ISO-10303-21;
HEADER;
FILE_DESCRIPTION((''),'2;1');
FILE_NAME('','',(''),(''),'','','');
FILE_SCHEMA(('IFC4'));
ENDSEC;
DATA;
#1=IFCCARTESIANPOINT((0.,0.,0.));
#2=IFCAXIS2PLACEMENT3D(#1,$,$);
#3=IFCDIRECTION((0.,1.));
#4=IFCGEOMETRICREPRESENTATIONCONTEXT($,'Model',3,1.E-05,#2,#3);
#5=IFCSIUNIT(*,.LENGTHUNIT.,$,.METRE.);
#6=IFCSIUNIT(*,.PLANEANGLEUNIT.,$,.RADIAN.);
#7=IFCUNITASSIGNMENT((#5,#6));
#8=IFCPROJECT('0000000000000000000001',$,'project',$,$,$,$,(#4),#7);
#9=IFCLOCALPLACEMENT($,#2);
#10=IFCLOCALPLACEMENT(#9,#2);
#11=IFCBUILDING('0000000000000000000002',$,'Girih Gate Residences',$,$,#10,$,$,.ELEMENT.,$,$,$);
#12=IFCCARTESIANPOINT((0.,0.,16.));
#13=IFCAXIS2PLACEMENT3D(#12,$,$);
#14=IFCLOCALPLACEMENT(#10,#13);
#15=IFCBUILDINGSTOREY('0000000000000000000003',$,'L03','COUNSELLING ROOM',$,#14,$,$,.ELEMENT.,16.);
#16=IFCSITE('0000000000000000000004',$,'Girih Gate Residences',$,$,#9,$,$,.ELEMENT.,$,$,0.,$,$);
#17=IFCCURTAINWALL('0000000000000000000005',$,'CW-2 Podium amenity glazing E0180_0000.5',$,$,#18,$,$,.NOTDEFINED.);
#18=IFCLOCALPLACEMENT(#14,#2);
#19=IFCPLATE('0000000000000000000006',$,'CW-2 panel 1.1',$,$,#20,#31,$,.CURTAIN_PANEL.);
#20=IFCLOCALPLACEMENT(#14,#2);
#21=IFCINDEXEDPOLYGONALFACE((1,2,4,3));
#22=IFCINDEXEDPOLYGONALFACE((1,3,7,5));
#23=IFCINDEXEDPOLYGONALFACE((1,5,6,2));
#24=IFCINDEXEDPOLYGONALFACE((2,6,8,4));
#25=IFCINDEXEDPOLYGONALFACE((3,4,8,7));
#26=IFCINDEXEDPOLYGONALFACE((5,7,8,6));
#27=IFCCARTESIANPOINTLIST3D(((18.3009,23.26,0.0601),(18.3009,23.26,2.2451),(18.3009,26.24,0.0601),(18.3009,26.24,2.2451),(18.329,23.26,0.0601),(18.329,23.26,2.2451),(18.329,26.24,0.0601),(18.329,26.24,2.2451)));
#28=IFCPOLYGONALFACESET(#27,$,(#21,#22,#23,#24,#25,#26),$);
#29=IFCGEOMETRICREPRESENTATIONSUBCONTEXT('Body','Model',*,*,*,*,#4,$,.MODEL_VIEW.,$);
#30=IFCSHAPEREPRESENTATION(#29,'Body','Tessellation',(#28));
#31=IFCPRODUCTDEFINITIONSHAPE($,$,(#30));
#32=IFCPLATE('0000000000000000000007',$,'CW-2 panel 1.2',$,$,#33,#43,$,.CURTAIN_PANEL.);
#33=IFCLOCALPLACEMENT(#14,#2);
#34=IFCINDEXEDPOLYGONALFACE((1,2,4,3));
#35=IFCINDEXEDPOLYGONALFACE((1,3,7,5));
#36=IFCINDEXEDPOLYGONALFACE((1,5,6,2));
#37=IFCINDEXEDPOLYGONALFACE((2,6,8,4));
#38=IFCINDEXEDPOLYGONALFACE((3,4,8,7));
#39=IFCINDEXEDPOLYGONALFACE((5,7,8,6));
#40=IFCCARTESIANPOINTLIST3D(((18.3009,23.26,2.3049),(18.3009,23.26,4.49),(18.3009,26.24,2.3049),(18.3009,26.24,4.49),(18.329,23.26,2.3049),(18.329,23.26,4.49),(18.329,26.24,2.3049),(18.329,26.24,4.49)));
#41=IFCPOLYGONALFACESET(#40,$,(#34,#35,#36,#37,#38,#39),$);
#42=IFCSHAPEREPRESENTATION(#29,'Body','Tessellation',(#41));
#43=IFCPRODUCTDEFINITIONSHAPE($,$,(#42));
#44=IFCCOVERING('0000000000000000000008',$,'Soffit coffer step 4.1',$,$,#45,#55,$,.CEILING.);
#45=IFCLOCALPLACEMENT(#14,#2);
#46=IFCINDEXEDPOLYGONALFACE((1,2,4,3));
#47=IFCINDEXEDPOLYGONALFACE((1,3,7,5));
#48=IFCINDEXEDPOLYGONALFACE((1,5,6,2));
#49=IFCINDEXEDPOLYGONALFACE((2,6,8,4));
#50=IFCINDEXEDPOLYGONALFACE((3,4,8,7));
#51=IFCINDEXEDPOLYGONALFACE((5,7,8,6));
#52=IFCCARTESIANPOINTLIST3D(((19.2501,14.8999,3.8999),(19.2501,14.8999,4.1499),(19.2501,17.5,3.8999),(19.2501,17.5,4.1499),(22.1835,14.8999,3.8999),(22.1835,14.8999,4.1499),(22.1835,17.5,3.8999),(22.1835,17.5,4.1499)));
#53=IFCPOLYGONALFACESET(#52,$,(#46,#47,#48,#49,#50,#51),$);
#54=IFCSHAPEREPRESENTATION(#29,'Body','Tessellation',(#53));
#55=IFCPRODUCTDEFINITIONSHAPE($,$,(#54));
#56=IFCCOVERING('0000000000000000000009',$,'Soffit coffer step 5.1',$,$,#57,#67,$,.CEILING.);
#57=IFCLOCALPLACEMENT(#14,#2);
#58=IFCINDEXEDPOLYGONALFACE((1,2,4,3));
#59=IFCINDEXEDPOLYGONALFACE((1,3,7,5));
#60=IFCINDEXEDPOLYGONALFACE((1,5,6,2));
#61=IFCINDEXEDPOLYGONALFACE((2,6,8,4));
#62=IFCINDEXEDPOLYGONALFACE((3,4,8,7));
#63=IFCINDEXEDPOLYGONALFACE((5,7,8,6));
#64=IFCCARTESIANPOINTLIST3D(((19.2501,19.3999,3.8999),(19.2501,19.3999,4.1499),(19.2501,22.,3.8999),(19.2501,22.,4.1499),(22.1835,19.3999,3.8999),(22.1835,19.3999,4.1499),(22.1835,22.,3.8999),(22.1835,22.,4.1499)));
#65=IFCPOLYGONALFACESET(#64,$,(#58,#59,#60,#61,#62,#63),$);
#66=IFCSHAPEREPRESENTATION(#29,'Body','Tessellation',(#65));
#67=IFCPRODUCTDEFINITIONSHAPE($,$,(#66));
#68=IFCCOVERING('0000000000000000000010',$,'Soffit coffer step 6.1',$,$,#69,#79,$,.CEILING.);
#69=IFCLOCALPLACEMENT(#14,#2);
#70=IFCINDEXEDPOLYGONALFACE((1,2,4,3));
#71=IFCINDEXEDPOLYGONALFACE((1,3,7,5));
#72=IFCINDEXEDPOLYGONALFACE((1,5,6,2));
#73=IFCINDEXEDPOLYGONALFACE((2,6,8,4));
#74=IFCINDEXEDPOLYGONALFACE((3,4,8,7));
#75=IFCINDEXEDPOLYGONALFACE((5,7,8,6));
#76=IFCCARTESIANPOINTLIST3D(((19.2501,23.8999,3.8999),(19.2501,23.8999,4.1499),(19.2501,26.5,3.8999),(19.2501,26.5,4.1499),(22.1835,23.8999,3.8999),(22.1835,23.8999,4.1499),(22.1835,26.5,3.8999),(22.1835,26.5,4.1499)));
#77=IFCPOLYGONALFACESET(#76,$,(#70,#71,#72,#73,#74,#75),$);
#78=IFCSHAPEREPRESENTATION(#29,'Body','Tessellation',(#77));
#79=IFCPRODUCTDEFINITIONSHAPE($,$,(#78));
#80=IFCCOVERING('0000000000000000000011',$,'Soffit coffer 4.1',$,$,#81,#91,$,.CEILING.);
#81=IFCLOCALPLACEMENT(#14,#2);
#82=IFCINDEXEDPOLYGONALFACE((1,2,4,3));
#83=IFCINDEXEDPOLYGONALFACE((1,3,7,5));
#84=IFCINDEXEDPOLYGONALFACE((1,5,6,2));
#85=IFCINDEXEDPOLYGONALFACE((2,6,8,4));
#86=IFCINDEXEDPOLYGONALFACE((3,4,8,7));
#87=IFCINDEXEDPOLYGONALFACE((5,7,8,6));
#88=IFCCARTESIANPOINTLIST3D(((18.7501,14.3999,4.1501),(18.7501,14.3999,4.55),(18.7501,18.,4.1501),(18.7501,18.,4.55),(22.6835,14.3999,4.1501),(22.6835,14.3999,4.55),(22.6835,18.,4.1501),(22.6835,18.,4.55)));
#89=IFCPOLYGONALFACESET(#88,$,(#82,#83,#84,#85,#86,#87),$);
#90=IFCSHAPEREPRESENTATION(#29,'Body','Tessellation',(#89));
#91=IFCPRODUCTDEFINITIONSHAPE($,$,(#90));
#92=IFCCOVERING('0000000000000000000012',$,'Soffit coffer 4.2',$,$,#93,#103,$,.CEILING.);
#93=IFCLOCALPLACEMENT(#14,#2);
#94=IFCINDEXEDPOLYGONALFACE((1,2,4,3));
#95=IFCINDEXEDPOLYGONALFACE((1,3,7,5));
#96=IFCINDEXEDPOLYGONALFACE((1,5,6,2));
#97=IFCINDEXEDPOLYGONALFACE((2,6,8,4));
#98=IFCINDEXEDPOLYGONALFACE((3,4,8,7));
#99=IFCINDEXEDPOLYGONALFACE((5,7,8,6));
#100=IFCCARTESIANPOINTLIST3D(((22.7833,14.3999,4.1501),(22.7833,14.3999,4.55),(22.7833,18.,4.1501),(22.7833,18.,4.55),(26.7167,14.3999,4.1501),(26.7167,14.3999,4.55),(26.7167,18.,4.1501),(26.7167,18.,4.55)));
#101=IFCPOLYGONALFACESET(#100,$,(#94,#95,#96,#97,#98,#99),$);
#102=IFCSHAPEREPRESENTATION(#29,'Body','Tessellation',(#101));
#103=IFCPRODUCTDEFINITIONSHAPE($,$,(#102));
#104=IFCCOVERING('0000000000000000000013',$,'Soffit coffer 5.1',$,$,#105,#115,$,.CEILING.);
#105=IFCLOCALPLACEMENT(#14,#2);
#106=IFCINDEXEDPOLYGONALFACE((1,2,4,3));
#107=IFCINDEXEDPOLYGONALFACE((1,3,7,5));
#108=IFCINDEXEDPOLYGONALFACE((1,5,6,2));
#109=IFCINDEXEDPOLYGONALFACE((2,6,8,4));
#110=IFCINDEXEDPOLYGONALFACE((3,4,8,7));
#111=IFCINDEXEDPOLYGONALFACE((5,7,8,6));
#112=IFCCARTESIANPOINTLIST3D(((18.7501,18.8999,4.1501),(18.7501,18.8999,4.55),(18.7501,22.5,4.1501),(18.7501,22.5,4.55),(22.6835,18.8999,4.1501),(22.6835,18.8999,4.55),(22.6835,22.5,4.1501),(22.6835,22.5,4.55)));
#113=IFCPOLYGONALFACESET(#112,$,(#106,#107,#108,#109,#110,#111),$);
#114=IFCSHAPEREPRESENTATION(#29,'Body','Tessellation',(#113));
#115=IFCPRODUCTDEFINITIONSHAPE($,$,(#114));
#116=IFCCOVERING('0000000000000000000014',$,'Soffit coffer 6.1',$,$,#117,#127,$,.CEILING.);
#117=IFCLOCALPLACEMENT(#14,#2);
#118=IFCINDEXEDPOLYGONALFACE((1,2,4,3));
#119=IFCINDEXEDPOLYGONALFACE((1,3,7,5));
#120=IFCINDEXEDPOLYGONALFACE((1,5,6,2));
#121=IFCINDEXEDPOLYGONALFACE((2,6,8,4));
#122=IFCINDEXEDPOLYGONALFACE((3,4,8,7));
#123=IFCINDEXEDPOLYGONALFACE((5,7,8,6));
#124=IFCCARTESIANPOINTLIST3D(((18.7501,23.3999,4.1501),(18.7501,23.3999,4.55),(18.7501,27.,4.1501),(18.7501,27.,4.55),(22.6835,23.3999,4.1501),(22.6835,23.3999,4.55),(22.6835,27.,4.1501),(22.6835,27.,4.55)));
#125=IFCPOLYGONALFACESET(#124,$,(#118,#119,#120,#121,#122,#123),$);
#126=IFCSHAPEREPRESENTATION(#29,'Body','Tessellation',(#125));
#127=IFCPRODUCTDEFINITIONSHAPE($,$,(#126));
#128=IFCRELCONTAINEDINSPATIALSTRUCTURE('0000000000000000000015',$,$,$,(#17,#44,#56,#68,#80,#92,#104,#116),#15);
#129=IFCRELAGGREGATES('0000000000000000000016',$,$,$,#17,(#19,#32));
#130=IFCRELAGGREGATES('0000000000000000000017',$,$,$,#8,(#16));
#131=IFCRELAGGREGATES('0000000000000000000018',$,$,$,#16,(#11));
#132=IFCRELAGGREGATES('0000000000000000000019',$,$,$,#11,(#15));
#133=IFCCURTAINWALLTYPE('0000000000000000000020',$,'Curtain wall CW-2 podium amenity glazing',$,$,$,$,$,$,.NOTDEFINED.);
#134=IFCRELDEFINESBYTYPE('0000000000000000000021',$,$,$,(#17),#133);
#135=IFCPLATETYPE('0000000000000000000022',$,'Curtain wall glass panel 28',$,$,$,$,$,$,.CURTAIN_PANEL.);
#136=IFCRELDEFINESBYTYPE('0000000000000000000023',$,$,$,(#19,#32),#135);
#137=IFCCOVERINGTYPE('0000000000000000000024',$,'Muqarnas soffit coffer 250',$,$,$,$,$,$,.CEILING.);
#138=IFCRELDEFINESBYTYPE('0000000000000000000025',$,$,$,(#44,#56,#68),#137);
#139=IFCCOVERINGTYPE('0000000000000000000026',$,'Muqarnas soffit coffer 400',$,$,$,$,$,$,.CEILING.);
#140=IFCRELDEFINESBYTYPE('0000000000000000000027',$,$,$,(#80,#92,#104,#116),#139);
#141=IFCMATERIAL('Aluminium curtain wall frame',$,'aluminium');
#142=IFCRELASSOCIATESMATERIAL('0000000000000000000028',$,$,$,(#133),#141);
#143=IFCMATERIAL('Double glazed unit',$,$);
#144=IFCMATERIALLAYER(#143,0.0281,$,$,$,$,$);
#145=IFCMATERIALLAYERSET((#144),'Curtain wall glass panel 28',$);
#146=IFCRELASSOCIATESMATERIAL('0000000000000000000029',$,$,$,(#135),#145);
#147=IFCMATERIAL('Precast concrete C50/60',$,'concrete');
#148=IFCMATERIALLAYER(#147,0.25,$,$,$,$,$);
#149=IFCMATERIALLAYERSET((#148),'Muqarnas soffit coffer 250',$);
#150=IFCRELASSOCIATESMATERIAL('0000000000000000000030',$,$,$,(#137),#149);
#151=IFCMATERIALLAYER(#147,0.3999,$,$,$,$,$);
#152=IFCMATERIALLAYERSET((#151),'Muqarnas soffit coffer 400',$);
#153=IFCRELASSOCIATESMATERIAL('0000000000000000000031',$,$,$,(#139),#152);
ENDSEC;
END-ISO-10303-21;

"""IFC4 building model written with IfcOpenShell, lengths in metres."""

from ifc_helpers import new_model, si_unit, direction, frame, origin, origin_2d, place, context, subcontext, project, spatial, rectangle, extrude, material, layer, layer_set, type_object, element, aggregate, save


model = new_model("IFC4")

# Units and contexts
model_context = context("Model", 3, precision=1e-05, world=origin(), true_north=direction((0.0, 1.0)))
body_context = subcontext(model_context, "Body", "Model", "MODEL_VIEW")
ifc_project = project(units=[si_unit("LENGTHUNIT", "METRE"), si_unit("PLANEANGLEUNIT", "RADIAN")], contexts=[model_context])

# Site, building, storey
site_placement = place(None, origin())
site = spatial("IfcSite", under=ifc_project, at=site_placement, Name="Girih Gate Residences", CompositionType="ELEMENT", RefElevation=0.0)
building_placement = place(site_placement, origin())
building = spatial("IfcBuilding", under=site, at=building_placement, Name="Girih Gate Residences", CompositionType="ELEMENT")
storey_placement = place(building_placement, frame((0.0, 0.0, 16.0)))
storey = spatial("IfcBuildingStorey", under=building, at=storey_placement, Name="L03", Description="COUNSELLING ROOM", CompositionType="ELEMENT", Elevation=16.0)

# Shared definitions
ifc_material_1 = material(Name="Aluminium curtain wall frame", Category="aluminium")
curtain_wall_type = type_object("IfcCurtainWallType", Name="Curtain wall CW-2 podium amenity glazing", PredefinedType="NOTDEFINED", material=ifc_material_1)

# Curtain wall
curtain_wall_1_placement = place(storey_placement, origin())
curtain_wall_1 = element("IfcCurtainWall", 1, at=curtain_wall_1_placement, inside=storey, type_object=curtain_wall_type, Name="CW-2 Podium amenity glazing E0180_0000.5", PredefinedType="NOTDEFINED")

# Plates
ifc_material_2 = material(Name="Double glazed unit")
ifc_layer_1 = layer(ifc_material_2, 0.0281)
ifc_layer_set_1 = layer_set([ifc_layer_1], Name="Curtain wall glass panel 28")
plate_type = type_object("IfcPlateType", Name="Curtain wall glass panel 28", PredefinedType="CURTAIN_PANEL", material=ifc_layer_set_1)
plate_1_placement = place(storey_placement, frame((18.3149, 24.75, 0.0601), z_axis=(0.0, 0.0, 1.0), x_axis=(0.0, 1.0, 0.0)))
plate_1 = element("IfcPlate", 2, at=plate_1_placement, type_object=plate_type, Name="CW-2 panel 1.1", PredefinedType="CURTAIN_PANEL", context=body_context, shape_type="SweptSolid", body=[
    extrude(rectangle(XDim=2.98, YDim=0.0281, at=origin_2d()), origin(), (0.0, 0.0, 1.0), 2.1851),
])
plate_2_placement = place(storey_placement, frame((18.3149, 24.75, 2.3049), z_axis=(0.0, 0.0, 1.0), x_axis=(0.0, 1.0, 0.0)))
plate_2 = element("IfcPlate", 3, at=plate_2_placement, type_object=plate_type, Name="CW-2 panel 1.2", PredefinedType="CURTAIN_PANEL", context=body_context, shape_type="SweptSolid", body=[
    extrude(rectangle(XDim=2.98, YDim=0.0281, at=origin_2d()), origin(), (0.0, 0.0, 1.0), 2.1851),
])
aggregate(curtain_wall_1, [plate_1, plate_2])

# Coverings
ifc_material_3 = material(Name="Precast concrete C50/60", Category="concrete")
ifc_layer_2 = layer(ifc_material_3, 0.25)
ifc_layer_set_2 = layer_set([ifc_layer_2], Name="Muqarnas soffit coffer 250")
covering_type_1 = type_object("IfcCoveringType", Name="Muqarnas soffit coffer 250", PredefinedType="CEILING", material=ifc_layer_set_2)
for number, where, z_axis, x_axis, name in (
    (4, (20.7168, 16.2, 3.8999), (0.0, 0.0, 1.0), (1.0, 0.0, 0.0), "Soffit coffer step 4.1"),
    (5, (20.7168, 20.7, 3.8999), (0.0, 0.0, 1.0), (1.0, 0.0, 0.0), "Soffit coffer step 5.1"),
    (6, (20.7168, 25.2, 3.8999), (0.0, 0.0, 1.0), (1.0, 0.0, 0.0), "Soffit coffer step 6.1"),
):
    element("IfcCovering", number, at=place(storey_placement, frame(where, z_axis=z_axis, x_axis=x_axis)), inside=storey, type_object=covering_type_1, Name=name, PredefinedType="CEILING", context=body_context, shape_type="SweptSolid", body=[
        extrude(rectangle(XDim=2.9333, YDim=2.6001, at=origin_2d()), origin(), (0.0, 0.0, 1.0), 0.25),
    ])
ifc_layer_3 = layer(ifc_material_3, 0.3999)
ifc_layer_set_3 = layer_set([ifc_layer_3], Name="Muqarnas soffit coffer 400")
covering_type_2 = type_object("IfcCoveringType", Name="Muqarnas soffit coffer 400", PredefinedType="CEILING", material=ifc_layer_set_3)
for number, where, z_axis, x_axis, name in (
    (7, (20.7168, 16.2, 4.1501), (0.0, 0.0, 1.0), (1.0, 0.0, 0.0), "Soffit coffer 4.1"),
    (8, (24.75, 16.2, 4.1501), (0.0, 0.0, 1.0), (1.0, 0.0, 0.0), "Soffit coffer 4.2"),
    (9, (20.7168, 20.7, 4.1501), (0.0, 0.0, 1.0), (1.0, 0.0, 0.0), "Soffit coffer 5.1"),
    (10, (20.7168, 25.2, 4.1501), (0.0, 0.0, 1.0), (1.0, 0.0, 0.0), "Soffit coffer 6.1"),
):
    element("IfcCovering", number, at=place(storey_placement, frame(where, z_axis=z_axis, x_axis=x_axis)), inside=storey, type_object=covering_type_2, Name=name, PredefinedType="CEILING", context=body_context, shape_type="SweptSolid", body=[
        extrude(rectangle(XDim=3.9333, YDim=3.6001, at=origin_2d()), origin(), (0.0, 0.0, 1.0), 0.3999),
    ])

save(model, "model.ifc")
